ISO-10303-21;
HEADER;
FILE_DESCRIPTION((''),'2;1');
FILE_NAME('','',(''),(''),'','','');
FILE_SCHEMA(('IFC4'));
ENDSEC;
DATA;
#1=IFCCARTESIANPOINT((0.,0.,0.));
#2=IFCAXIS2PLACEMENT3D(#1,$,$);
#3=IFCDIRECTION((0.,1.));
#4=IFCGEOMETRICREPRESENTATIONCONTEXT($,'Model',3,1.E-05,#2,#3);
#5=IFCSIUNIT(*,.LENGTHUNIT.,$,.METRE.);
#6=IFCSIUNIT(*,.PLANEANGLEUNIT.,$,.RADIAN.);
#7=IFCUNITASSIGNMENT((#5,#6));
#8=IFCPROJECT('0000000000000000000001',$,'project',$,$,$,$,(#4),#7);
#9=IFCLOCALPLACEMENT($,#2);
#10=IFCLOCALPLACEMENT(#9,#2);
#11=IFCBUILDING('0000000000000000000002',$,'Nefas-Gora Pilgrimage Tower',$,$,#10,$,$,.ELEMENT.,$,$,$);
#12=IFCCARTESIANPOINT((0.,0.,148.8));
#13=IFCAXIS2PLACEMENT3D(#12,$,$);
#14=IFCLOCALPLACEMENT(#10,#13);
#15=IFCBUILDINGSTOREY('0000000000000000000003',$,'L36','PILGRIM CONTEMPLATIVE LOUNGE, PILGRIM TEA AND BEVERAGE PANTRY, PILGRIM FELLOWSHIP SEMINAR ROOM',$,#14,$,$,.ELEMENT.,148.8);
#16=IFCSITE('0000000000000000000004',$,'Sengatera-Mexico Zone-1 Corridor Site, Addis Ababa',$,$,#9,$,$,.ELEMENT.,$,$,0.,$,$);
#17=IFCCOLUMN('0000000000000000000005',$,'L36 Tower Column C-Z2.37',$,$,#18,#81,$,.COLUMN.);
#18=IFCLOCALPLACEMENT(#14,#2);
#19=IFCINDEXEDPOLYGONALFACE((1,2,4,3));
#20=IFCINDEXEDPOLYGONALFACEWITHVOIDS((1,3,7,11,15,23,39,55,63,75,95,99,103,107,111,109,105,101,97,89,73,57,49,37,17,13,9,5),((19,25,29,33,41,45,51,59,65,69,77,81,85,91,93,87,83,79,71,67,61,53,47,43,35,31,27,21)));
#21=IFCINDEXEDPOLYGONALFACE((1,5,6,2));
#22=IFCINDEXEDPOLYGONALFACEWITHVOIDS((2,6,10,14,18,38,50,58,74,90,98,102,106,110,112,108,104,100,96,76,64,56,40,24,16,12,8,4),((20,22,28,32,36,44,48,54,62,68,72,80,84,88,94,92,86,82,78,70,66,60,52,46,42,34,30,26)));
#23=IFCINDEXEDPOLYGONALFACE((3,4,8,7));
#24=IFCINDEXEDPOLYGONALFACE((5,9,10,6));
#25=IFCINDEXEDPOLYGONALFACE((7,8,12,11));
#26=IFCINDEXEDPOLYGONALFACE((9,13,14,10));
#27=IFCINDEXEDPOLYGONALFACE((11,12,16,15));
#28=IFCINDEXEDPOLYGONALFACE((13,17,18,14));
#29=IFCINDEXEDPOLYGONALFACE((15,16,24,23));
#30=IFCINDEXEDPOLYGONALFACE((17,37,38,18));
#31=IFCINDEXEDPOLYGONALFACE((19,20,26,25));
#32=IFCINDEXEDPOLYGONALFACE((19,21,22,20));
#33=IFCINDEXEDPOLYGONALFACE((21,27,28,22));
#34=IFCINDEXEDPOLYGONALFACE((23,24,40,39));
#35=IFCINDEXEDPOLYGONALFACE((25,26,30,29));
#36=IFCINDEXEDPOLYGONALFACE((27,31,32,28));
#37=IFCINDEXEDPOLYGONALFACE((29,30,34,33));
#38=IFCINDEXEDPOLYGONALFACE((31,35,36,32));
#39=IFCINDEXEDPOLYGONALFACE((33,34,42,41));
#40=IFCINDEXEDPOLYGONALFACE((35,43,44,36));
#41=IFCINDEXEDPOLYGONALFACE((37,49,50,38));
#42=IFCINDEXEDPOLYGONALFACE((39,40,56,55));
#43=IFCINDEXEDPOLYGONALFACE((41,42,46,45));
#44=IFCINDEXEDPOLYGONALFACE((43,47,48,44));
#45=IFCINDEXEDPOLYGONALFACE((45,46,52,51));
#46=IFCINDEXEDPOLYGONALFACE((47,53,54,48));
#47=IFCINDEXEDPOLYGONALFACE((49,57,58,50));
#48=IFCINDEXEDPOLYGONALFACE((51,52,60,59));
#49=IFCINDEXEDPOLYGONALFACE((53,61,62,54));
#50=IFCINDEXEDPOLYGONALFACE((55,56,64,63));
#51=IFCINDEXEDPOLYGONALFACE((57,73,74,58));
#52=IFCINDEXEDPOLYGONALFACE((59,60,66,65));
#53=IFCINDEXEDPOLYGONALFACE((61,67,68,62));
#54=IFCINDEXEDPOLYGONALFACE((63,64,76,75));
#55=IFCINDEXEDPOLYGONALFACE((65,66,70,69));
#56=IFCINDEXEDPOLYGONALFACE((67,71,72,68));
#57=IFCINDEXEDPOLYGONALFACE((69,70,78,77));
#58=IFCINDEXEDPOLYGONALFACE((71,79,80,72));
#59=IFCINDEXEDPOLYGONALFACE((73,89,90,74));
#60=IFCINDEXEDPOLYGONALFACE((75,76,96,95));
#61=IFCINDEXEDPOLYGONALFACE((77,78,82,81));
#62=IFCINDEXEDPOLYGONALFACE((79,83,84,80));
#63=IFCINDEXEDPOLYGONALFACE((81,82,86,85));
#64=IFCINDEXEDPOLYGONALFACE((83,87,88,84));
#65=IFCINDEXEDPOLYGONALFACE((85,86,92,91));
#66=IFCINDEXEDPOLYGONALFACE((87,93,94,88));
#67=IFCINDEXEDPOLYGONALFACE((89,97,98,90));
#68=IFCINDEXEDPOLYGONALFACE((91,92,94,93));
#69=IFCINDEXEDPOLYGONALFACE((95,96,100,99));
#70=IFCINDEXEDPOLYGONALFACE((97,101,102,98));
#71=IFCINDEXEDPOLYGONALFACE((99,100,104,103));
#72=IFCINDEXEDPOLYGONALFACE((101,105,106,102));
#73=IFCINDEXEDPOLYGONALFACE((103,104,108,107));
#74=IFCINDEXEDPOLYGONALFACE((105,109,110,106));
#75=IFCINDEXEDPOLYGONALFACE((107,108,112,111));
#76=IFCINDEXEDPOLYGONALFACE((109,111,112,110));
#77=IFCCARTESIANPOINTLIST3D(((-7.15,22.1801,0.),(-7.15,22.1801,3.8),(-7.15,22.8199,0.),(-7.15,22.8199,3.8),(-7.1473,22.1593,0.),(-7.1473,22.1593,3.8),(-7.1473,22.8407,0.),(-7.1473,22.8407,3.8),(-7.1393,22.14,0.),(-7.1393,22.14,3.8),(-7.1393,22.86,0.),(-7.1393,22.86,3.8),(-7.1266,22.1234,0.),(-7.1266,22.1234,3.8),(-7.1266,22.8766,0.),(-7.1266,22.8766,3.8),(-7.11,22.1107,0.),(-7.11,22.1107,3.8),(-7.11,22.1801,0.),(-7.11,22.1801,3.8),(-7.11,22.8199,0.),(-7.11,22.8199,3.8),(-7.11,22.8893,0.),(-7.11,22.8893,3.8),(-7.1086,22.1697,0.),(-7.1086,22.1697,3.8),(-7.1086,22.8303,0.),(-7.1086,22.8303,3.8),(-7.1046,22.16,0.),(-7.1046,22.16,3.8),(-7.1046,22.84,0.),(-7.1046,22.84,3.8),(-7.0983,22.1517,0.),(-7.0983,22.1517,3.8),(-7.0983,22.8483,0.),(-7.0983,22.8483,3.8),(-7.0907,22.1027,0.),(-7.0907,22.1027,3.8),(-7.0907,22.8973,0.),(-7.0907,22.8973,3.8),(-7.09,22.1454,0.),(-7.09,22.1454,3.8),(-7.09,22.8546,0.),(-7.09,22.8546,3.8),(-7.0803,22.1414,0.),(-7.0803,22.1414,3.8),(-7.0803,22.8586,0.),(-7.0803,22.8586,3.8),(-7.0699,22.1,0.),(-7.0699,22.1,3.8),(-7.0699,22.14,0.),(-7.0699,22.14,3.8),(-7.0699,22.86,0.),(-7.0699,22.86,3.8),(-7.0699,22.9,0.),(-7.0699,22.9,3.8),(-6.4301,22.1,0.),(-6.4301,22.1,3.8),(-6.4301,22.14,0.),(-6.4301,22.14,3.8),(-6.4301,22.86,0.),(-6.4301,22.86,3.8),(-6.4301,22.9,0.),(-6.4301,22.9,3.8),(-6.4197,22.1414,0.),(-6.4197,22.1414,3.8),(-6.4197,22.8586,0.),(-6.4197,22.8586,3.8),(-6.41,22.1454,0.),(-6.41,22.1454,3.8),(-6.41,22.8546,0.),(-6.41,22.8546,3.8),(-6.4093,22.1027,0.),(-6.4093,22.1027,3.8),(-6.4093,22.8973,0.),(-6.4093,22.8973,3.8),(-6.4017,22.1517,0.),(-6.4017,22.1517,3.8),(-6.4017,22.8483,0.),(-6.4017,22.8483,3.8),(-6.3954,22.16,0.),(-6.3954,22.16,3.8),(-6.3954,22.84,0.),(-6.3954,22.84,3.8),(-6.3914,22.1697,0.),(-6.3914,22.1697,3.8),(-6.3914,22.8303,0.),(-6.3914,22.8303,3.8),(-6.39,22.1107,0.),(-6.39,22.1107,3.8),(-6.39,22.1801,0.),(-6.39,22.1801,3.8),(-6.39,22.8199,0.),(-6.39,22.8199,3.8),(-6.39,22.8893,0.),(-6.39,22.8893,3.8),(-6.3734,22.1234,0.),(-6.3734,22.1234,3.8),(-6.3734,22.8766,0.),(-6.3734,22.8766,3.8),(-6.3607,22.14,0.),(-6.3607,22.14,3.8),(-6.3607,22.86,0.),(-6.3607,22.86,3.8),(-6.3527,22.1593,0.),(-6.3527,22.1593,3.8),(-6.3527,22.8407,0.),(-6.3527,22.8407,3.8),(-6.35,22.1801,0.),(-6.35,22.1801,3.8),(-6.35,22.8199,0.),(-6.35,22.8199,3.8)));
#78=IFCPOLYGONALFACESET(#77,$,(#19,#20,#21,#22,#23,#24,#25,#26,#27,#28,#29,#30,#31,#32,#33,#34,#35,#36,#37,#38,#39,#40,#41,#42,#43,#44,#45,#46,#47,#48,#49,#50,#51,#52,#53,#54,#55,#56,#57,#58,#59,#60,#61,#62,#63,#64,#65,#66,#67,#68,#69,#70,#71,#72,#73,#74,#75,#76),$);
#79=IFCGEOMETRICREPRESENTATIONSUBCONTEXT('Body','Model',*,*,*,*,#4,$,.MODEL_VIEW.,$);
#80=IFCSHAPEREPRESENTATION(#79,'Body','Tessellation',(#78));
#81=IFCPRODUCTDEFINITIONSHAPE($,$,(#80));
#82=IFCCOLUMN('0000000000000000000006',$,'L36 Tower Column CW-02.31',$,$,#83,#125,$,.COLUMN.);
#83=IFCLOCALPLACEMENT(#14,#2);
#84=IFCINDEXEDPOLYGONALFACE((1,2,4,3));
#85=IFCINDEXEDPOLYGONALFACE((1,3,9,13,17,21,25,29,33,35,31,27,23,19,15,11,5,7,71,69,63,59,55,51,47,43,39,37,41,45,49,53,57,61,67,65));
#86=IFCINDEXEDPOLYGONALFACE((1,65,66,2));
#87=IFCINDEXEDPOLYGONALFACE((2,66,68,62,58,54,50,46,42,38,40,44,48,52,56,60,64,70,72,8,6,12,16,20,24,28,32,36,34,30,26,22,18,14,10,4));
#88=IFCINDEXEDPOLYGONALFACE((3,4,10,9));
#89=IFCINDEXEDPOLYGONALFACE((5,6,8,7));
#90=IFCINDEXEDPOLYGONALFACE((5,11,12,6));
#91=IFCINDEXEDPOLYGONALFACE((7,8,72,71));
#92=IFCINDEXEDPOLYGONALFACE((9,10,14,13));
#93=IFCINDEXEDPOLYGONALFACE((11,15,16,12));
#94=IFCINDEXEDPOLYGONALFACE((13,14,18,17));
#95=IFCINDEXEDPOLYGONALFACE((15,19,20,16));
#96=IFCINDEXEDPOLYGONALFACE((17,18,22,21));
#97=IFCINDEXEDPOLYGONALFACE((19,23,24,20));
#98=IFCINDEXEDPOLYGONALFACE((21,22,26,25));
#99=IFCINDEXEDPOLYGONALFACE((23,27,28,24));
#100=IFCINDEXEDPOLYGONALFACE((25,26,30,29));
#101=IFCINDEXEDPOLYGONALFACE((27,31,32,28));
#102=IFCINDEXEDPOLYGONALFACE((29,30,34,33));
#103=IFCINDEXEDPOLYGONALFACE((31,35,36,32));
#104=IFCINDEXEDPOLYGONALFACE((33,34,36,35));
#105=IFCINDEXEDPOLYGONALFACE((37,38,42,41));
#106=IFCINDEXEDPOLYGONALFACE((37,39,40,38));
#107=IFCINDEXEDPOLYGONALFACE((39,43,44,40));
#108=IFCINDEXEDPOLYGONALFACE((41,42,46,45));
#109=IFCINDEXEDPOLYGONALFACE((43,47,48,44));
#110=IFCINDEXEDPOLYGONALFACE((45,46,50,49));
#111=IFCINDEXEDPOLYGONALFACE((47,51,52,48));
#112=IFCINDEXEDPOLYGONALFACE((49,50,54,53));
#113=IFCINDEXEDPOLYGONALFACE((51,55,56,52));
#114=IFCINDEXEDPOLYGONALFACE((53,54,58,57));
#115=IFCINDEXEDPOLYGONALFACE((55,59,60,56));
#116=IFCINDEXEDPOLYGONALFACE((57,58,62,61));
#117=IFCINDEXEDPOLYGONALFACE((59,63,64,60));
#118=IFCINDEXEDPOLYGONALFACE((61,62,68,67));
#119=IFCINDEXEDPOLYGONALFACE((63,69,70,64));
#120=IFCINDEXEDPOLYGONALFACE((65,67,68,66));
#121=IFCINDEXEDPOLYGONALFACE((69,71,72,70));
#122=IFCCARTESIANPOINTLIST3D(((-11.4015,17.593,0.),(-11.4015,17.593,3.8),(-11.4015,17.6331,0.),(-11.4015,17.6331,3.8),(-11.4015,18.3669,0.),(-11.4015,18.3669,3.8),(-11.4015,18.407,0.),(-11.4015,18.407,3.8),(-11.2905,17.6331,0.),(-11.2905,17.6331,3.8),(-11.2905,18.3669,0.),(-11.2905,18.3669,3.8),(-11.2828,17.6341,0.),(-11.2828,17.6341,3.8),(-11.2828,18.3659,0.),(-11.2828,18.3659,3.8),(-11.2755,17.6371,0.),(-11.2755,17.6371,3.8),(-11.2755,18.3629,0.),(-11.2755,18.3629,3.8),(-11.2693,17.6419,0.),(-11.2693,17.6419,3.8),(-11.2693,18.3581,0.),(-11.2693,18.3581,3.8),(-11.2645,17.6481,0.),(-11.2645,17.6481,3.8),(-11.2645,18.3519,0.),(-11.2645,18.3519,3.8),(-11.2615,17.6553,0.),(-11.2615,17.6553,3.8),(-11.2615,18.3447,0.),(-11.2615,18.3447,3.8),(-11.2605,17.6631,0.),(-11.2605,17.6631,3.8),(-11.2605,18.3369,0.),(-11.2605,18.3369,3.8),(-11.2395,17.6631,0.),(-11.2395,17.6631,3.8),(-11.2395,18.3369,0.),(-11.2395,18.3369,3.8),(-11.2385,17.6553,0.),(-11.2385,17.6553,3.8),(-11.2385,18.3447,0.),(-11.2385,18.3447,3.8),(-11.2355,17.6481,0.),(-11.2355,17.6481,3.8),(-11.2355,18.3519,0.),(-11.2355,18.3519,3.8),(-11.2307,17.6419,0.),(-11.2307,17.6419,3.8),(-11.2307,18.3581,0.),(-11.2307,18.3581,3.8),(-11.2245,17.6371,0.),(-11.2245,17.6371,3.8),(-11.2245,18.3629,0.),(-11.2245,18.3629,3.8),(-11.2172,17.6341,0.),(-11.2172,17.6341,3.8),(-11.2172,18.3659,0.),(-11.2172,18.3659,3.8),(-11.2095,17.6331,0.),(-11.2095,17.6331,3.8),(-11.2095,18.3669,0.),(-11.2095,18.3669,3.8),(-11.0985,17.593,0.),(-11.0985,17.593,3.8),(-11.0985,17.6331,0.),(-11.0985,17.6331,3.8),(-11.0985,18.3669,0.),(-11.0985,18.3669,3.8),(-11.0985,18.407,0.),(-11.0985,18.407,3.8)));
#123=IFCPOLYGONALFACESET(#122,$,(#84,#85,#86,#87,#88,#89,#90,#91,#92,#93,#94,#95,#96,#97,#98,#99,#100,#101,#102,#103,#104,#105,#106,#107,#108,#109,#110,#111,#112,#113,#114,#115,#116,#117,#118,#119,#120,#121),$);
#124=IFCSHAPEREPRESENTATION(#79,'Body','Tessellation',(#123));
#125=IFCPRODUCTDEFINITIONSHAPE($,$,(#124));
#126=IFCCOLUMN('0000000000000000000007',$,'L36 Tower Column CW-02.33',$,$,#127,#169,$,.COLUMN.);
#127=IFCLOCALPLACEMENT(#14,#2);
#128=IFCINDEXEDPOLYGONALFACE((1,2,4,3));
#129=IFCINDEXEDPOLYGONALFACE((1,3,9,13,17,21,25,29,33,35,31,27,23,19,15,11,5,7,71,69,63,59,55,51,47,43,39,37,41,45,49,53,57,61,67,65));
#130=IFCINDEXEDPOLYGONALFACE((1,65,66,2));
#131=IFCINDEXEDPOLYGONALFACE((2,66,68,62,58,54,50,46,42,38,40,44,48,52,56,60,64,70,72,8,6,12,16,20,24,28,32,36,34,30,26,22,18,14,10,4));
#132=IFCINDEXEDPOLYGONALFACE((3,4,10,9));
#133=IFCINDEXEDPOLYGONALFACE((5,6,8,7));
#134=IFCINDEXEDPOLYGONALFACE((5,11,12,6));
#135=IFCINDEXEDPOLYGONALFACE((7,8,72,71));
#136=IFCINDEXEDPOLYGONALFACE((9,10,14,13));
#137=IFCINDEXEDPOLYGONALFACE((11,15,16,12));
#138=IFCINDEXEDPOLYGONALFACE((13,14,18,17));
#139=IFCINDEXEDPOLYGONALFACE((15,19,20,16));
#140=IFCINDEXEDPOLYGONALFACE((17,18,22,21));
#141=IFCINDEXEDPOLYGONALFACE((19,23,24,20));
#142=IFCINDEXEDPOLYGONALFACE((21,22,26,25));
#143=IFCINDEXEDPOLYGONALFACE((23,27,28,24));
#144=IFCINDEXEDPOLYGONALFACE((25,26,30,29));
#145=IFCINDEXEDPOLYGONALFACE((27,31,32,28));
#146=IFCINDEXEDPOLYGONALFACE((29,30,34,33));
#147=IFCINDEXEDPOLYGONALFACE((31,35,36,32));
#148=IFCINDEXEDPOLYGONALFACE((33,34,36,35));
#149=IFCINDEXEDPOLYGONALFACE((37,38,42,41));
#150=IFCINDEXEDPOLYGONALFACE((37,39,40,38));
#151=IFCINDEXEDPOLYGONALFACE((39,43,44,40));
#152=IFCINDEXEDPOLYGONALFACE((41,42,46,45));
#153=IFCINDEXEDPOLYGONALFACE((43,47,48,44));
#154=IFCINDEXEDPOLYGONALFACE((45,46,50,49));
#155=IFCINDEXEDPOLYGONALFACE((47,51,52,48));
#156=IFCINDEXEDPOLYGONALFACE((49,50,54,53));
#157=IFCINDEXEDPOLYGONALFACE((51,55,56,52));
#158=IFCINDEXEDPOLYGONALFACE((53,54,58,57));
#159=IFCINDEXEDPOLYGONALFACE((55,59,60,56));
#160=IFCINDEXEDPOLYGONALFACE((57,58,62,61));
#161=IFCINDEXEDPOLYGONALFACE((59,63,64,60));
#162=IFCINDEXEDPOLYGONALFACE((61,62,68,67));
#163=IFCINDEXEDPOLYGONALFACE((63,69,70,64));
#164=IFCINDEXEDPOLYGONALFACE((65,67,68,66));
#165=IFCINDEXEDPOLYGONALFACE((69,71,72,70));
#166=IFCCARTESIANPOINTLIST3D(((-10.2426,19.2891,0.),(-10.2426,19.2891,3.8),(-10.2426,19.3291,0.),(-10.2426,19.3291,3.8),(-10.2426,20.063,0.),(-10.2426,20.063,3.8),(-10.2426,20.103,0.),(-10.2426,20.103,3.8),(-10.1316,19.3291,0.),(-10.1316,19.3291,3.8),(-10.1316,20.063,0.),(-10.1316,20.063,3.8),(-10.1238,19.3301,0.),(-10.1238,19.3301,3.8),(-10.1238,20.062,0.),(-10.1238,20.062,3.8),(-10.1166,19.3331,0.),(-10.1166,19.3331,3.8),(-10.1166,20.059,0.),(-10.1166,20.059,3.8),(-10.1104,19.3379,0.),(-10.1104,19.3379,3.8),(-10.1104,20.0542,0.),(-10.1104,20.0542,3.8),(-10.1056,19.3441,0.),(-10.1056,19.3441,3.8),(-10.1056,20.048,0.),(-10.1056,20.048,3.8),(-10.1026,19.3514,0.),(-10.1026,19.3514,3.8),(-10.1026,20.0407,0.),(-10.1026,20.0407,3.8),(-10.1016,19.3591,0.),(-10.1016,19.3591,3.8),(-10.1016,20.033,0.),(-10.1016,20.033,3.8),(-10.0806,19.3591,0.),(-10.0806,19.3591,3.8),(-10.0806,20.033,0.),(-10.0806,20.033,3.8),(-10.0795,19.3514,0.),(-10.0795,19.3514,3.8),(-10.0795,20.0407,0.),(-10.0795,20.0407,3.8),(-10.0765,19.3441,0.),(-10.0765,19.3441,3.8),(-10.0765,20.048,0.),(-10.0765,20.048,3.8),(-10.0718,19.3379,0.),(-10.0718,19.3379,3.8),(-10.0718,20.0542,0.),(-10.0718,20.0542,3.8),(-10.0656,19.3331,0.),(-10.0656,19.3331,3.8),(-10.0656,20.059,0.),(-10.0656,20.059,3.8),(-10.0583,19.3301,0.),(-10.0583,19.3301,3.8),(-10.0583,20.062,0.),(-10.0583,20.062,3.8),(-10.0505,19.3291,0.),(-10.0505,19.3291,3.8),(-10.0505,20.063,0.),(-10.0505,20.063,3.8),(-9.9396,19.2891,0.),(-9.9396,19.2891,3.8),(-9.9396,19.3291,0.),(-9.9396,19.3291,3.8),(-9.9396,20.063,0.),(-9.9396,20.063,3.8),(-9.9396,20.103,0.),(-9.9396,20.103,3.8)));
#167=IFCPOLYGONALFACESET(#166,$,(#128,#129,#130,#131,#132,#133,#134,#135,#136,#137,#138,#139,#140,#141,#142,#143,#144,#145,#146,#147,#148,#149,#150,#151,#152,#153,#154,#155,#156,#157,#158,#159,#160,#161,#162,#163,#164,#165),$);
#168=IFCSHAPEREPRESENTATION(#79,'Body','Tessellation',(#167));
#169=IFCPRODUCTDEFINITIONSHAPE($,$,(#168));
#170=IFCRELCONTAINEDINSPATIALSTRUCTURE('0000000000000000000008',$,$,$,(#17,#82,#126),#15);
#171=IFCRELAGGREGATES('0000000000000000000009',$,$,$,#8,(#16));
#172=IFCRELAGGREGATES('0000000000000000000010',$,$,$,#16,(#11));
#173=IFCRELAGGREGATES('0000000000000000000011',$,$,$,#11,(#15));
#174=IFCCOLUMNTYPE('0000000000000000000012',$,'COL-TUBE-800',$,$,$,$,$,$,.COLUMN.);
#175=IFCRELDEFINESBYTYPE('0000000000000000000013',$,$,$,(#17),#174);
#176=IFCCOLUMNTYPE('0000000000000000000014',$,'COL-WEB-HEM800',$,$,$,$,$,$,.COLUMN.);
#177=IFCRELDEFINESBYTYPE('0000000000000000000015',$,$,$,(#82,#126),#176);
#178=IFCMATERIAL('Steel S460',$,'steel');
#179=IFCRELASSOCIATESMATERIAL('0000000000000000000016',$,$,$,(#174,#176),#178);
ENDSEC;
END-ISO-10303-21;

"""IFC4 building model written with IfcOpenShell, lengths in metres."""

from ifc_helpers import new_model, si_unit, direction, frame, origin, origin_2d, place, context, subcontext, project, spatial, hollow_rectangle, i_section, extrude, source, transform, mapped, material, material_profile, profile_set, type_object, element, save


model = new_model("IFC4")

# Units and contexts
model_context = context("Model", 3, precision=1e-05, world=origin(), true_north=direction((0.0, 1.0)))
body_context = subcontext(model_context, "Body", "Model", "MODEL_VIEW")
ifc_project = project(units=[si_unit("LENGTHUNIT", "METRE"), si_unit("PLANEANGLEUNIT", "RADIAN")], contexts=[model_context])

# Site, building, storey
site_placement = place(None, origin())
site = spatial("IfcSite", under=ifc_project, at=site_placement, Name="Sengatera-Mexico Zone-1 Corridor Site, Addis Ababa", CompositionType="ELEMENT", RefElevation=0.0)
building_placement = place(site_placement, origin())
building = spatial("IfcBuilding", under=site, at=building_placement, Name="Nefas-Gora Pilgrimage Tower", CompositionType="ELEMENT")
storey_placement = place(building_placement, frame((0.0, 0.0, 148.8)))
storey = spatial("IfcBuildingStorey", under=building, at=storey_placement, Name="L36", Description="PILGRIM CONTEMPLATIVE LOUNGE, PILGRIM TEA AND BEVERAGE PANTRY, PILGRIM FELLOWSHIP SEMINAR ROOM", CompositionType="ELEMENT", Elevation=148.8)

# Columns
ifc_material_1 = material(Name="Steel S460", Category="steel")
ifc_material_profile_1 = material_profile(ifc_material_1, hollow_rectangle(XDim=0.8, YDim=0.8, WallThickness=0.04, InnerFilletRadius=0.04, OuterFilletRadius=0.0801, at=origin_2d()), Name="BOX 800x800x40")
ifc_profile_set_1 = profile_set([ifc_material_profile_1], Name="Steel S460")
column_type_1 = type_object("IfcColumnType", Name="COL-TUBE-800", PredefinedType="COLUMN", material=ifc_profile_set_1)
shared_shape_1 = source(origin(), body_context, "Body", "SweptSolid", [
    extrude(hollow_rectangle(XDim=0.8, YDim=0.8, WallThickness=0.04, InnerFilletRadius=0.04, OuterFilletRadius=0.0801, at=origin_2d()), origin(), (0.0, 0.0, 1.0), 3.8),
])
column_placement = place(storey_placement, frame((-6.75, 22.5, 0.0), z_axis=(0.0, 0.0, 1.0), x_axis=(1.0, 0.0, 0.0)))
element("IfcColumn", 1, at=column_placement, inside=storey, type_object=column_type_1, Name="L36 Tower Column C-Z2.37", PredefinedType="COLUMN", context=body_context, shape_type="MappedRepresentation", body=[
    mapped(shared_shape_1, transform((0.0, 0.0, 0.0), x_axis=(1.0, 0.0, 0.0), y_axis=(0.0, 1.0, 0.0), z_axis=(0.0, 0.0, 1.0), scale=1.0)),
])
ifc_material_profile_2 = material_profile(ifc_material_1, i_section(OverallWidth=0.303, OverallDepth=0.814, WebThickness=0.021, FlangeThickness=0.04, FilletRadius=0.03, at=origin_2d()), Name="HEM 800")
ifc_profile_set_2 = profile_set([ifc_material_profile_2], Name="Steel S460")
column_type_2 = type_object("IfcColumnType", Name="COL-WEB-HEM800", PredefinedType="COLUMN", material=ifc_profile_set_2)
shared_shape_2 = source(origin(), body_context, "Body", "SweptSolid", [
    extrude(i_section(OverallWidth=0.303, OverallDepth=0.814, WebThickness=0.021, FlangeThickness=0.04, FilletRadius=0.03, at=origin_2d()), origin(), (0.0, 0.0, 1.0), 3.8),
])
for number, where, z_axis, x_axis, name in (
    (2, (-11.25, 18.0, 0.0), (0.0, 0.0, 1.0), (1.0, 0.0, 0.0), "L36 Tower Column CW-02.31"),
    (3, (-10.0911, 19.696, 0.0), (0.0, 0.0, 1.0), (1.0, 0.0, 0.0), "L36 Tower Column CW-02.33"),
):
    element("IfcColumn", number, at=place(storey_placement, frame(where, z_axis=z_axis, x_axis=x_axis)), inside=storey, type_object=column_type_2, Name=name, PredefinedType="COLUMN", context=body_context, shape_type="MappedRepresentation", body=[
        mapped(shared_shape_2, transform((0.0, 0.0, 0.0), x_axis=(1.0, 0.0, 0.0), y_axis=(0.0, 1.0, 0.0), z_axis=(0.0, 0.0, 1.0), scale=1.0)),
    ])

save(model, "model.ifc")
